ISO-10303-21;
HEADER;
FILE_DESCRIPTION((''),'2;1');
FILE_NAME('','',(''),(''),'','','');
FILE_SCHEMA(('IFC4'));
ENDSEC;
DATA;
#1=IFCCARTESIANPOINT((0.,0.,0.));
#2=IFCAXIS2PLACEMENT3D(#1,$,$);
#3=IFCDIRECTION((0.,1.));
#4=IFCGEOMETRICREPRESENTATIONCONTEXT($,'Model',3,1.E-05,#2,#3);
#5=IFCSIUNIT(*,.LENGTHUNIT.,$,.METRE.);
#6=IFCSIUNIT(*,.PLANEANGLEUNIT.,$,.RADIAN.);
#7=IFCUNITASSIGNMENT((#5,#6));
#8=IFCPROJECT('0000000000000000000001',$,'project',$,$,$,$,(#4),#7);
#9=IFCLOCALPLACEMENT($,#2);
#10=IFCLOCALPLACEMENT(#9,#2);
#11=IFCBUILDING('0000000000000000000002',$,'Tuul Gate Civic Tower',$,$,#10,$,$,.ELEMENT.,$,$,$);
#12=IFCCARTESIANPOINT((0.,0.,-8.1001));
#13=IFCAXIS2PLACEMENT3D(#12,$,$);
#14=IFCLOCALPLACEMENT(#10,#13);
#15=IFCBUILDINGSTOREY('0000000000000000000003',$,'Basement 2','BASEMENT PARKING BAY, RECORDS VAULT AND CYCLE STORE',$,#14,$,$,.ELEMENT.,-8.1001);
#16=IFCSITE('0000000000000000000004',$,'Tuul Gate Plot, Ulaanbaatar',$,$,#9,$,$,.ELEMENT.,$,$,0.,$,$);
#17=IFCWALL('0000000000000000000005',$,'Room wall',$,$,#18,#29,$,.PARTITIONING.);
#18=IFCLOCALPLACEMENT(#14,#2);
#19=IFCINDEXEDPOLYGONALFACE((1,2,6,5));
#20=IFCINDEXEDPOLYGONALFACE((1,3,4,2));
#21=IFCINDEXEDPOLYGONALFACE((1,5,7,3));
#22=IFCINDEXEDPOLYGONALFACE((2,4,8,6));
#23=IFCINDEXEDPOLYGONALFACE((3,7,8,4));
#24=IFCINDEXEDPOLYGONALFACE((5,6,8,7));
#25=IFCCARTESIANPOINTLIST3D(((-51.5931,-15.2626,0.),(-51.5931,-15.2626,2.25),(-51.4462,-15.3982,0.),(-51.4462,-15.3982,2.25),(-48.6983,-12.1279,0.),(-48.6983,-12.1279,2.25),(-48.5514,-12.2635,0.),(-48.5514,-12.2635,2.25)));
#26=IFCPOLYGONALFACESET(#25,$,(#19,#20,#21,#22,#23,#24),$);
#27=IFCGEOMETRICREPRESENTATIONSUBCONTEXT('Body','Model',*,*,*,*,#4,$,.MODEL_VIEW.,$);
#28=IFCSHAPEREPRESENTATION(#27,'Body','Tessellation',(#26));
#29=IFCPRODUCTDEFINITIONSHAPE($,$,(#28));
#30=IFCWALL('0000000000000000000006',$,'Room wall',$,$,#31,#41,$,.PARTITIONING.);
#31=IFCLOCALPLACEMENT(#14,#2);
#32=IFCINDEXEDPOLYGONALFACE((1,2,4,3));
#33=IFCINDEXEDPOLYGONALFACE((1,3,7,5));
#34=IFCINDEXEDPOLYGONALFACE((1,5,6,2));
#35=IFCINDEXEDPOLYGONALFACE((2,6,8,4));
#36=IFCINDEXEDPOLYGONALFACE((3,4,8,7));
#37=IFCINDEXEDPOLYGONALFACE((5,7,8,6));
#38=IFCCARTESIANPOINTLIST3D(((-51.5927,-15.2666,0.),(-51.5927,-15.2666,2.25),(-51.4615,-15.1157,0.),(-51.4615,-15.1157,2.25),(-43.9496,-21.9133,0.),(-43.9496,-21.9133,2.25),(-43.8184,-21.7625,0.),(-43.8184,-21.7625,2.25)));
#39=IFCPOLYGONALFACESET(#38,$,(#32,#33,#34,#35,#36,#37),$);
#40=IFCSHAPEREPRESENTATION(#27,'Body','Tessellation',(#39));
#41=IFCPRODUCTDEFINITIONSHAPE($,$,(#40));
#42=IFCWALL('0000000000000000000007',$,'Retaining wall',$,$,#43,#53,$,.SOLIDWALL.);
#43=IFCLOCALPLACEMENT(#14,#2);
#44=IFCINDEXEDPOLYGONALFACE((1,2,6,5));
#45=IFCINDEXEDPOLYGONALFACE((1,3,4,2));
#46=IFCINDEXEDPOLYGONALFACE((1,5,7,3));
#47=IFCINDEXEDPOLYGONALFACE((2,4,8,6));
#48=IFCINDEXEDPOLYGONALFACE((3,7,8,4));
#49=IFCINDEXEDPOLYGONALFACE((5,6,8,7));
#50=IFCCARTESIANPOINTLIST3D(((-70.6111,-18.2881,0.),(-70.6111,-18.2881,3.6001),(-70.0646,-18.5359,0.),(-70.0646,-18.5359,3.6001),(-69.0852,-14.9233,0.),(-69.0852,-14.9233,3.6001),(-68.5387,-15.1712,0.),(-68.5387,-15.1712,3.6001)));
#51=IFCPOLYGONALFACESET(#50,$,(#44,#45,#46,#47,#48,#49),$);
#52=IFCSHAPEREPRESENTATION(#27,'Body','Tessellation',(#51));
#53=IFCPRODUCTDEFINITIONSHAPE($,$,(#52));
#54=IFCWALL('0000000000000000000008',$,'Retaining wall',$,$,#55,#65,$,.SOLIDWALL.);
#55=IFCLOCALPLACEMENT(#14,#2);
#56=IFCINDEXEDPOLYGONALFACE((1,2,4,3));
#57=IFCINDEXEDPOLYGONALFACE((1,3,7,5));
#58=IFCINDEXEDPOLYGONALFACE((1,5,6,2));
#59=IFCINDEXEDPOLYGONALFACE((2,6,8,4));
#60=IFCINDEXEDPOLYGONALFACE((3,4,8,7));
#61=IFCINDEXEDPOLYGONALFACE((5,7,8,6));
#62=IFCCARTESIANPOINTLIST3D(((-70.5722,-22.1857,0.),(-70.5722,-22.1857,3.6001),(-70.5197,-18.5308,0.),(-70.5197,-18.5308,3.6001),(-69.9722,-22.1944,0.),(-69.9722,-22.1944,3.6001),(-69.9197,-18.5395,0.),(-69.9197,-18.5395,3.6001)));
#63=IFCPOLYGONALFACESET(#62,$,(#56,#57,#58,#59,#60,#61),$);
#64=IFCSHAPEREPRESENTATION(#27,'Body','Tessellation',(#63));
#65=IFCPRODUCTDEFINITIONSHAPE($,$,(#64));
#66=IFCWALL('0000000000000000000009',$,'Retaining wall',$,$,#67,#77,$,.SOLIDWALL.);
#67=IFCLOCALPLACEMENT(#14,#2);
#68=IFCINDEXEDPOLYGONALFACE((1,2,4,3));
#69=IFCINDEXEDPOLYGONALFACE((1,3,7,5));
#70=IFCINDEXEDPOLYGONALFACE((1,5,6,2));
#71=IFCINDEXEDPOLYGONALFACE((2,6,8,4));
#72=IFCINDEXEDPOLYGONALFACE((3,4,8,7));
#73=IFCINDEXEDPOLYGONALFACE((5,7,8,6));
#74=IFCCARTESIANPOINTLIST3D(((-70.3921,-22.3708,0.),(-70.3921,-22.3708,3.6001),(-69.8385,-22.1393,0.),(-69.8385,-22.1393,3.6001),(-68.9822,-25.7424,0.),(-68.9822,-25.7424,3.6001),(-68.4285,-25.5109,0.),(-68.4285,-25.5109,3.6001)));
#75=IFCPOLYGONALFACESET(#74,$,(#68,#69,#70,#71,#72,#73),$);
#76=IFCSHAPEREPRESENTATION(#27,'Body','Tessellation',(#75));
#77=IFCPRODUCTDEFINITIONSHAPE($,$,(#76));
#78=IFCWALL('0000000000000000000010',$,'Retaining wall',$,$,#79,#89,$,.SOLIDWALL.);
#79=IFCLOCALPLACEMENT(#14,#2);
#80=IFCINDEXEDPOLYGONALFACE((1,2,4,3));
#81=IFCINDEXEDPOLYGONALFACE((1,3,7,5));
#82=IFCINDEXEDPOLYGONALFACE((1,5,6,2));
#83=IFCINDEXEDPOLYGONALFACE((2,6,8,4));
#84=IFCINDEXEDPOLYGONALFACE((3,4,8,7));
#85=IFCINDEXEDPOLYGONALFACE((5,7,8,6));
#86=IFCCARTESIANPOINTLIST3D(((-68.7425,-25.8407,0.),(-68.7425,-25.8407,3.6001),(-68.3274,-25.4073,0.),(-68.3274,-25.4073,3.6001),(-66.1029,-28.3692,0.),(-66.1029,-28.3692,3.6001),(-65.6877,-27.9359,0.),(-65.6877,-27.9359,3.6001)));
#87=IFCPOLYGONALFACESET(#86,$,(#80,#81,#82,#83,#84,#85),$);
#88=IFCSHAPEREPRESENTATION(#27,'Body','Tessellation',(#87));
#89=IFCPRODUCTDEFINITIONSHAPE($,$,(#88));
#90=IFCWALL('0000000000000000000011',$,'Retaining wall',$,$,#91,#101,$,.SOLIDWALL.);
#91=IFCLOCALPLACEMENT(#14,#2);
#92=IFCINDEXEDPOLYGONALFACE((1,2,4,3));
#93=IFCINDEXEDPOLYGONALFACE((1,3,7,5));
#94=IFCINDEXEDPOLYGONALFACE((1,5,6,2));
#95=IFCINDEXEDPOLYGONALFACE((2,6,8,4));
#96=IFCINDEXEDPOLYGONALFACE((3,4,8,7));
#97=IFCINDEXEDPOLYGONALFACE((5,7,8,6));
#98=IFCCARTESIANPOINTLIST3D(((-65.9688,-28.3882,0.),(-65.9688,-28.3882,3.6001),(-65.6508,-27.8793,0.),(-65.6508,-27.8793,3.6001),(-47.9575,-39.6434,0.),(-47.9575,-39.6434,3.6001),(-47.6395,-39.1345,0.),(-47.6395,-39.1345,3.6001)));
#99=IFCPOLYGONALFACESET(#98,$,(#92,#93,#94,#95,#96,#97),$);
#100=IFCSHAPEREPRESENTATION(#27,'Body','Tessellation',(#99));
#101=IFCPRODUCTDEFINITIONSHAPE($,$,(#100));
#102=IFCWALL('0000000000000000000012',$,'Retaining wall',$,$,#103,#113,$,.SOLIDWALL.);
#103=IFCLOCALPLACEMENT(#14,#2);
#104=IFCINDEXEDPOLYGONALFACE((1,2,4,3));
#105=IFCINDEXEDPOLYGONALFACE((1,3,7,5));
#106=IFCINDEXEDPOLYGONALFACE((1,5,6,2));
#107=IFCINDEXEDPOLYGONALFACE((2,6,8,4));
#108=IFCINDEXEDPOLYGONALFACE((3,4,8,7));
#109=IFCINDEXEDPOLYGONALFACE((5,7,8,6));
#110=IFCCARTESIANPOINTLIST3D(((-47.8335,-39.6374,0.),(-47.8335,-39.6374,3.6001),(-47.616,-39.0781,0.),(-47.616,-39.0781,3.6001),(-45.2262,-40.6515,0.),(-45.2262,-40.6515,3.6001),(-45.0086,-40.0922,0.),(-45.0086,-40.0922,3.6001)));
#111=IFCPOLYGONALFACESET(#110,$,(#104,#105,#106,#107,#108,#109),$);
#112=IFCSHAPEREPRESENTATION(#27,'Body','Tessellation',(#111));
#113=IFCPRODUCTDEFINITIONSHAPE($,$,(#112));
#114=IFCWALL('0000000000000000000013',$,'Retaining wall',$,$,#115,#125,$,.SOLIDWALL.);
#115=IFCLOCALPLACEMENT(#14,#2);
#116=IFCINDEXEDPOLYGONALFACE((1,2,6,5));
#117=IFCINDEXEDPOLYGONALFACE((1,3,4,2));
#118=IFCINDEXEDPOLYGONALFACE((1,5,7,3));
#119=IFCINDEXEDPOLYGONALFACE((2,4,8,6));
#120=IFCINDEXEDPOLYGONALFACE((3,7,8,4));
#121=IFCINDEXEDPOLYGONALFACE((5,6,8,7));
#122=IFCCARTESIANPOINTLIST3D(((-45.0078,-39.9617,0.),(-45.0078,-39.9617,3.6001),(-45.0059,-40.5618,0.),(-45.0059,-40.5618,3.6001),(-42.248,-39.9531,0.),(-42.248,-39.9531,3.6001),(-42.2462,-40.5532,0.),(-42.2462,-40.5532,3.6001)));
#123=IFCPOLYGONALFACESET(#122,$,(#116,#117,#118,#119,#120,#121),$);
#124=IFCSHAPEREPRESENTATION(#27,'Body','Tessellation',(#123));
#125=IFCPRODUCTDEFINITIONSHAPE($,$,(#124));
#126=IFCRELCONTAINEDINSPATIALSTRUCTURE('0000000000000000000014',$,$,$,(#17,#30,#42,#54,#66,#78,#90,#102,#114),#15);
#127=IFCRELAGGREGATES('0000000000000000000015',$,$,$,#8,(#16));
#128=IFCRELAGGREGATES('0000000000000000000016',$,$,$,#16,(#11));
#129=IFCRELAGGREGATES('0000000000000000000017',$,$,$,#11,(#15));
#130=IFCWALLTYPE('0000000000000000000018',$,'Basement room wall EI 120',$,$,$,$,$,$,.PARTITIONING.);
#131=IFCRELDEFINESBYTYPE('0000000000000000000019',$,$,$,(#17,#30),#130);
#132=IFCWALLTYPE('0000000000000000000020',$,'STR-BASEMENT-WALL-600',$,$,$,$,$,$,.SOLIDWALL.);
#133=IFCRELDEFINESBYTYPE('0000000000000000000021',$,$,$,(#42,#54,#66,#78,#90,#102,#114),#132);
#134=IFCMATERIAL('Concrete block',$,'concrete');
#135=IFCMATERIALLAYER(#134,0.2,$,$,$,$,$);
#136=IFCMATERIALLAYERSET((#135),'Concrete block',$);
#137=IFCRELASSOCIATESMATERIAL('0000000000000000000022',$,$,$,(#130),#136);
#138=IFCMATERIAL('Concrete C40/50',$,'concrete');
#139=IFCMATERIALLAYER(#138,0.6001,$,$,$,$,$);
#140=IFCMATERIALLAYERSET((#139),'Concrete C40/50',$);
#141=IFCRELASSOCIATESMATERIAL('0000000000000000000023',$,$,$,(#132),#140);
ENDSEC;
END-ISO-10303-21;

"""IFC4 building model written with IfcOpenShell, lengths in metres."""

from ifc_helpers import new_model, si_unit, direction, frame, frame_2d, origin, place, context, subcontext, project, spatial, rectangle, extrude, material, layer, layer_set, type_object, element, save


model = new_model("IFC4")

# Units and contexts
model_context = context("Model", 3, precision=1e-05, world=origin(), true_north=direction((0.0, 1.0)))
body_context = subcontext(model_context, "Body", "Model", "MODEL_VIEW")
ifc_project = project(units=[si_unit("LENGTHUNIT", "METRE"), si_unit("PLANEANGLEUNIT", "RADIAN")], contexts=[model_context])

# Site, building, storey
site_placement = place(None, origin())
site = spatial("IfcSite", under=ifc_project, at=site_placement, Name="Tuul Gate Plot, Ulaanbaatar", CompositionType="ELEMENT", RefElevation=0.0)
building_placement = place(site_placement, origin())
building = spatial("IfcBuilding", under=site, at=building_placement, Name="Tuul Gate Civic Tower", CompositionType="ELEMENT")
storey_placement = place(building_placement, frame((0.0, 0.0, -8.1001)))
storey = spatial("IfcBuildingStorey", under=building, at=storey_placement, Name="Basement 2", Description="BASEMENT PARKING BAY, RECORDS VAULT AND CYCLE STORE", CompositionType="ELEMENT", Elevation=-8.1001)

# Walls
ifc_material_1 = material(Name="Concrete block", Category="concrete")
ifc_layer_1 = layer(ifc_material_1, 0.2)
ifc_layer_set_1 = layer_set([ifc_layer_1], Name="Concrete block")
wall_type_1 = type_object("IfcWallType", Name="Basement room wall EI 120", PredefinedType="PARTITIONING", material=ifc_layer_set_1)
wall_1_placement = place(storey_placement, frame((-51.5195, -15.3303, 0.0), z_axis=(0.0, 0.0, 1.0), x_axis=(0.678425, 0.73467, 0.0)))
element("IfcWall", 1, at=wall_1_placement, inside=storey, type_object=wall_type_1, Name="Room wall", PredefinedType="PARTITIONING", context=body_context, shape_type="SweptSolid", body=[
    extrude(rectangle(XDim=4.2668, YDim=0.2, at=frame_2d((2.1333, 0.0))), origin(), (0.0, 0.0, 1.0), 2.25),
])
wall_2_placement = place(storey_placement, frame((-43.884, -21.8379, 0.0), z_axis=(0.0, 0.0, 1.0), x_axis=(-0.754577, 0.656212, 0.0)))
element("IfcWall", 2, at=wall_2_placement, inside=storey, type_object=wall_type_1, Name="Room wall", PredefinedType="PARTITIONING", context=body_context, shape_type="SweptSolid", body=[
    extrude(rectangle(XDim=10.1289, YDim=0.2, at=frame_2d((5.0645, 0.0))), origin(), (0.0, 0.0, 1.0), 2.25),
])
ifc_material_2 = material(Name="Concrete C40/50", Category="concrete")
ifc_layer_2 = layer(ifc_material_2, 0.6001)
ifc_layer_set_2 = layer_set([ifc_layer_2], Name="Concrete C40/50")
wall_type_2 = type_object("IfcWallType", Name="STR-BASEMENT-WALL-600", PredefinedType="SOLIDWALL", material=ifc_layer_set_2)
wall_3_placement = place(storey_placement, frame((-68.812, -15.0474, 0.0), z_axis=(0.0, 0.0, 1.0), x_axis=(-0.413006, -0.910728, 0.0)))
element("IfcWall", 3, at=wall_3_placement, inside=storey, type_object=wall_type_2, Name="Retaining wall", PredefinedType="SOLIDWALL", context=body_context, shape_type="SweptSolid", body=[
    extrude(rectangle(XDim=3.6946, YDim=0.6001, at=frame_2d((1.8472, 0.0))), origin(), (0.0, 0.0, 1.0), 3.6001),
])
wall_4_placement = place(storey_placement, frame((-70.2197, -18.5352, 0.0), z_axis=(0.0, 0.0, 1.0), x_axis=(-0.014361, -0.999897, 0.0)))
element("IfcWall", 4, at=wall_4_placement, inside=storey, type_object=wall_type_2, Name="Retaining wall", PredefinedType="SOLIDWALL", context=body_context, shape_type="SweptSolid", body=[
    extrude(rectangle(XDim=3.6553, YDim=0.6001, at=frame_2d((1.8276, 0.0))), origin(), (0.0, 0.0, 1.0), 3.6001),
])
wall_5_placement = place(storey_placement, frame((-70.1152, -22.2551, 0.0), z_axis=(0.0, 0.0, 1.0), x_axis=(0.385801, -0.922582, 0.0)))
element("IfcWall", 5, at=wall_5_placement, inside=storey, type_object=wall_type_2, Name="Retaining wall", PredefinedType="SOLIDWALL", context=body_context, shape_type="SweptSolid", body=[
    extrude(rectangle(XDim=3.6545, YDim=0.6001, at=frame_2d((1.8271, 0.0))), origin(), (0.0, 0.0, 1.0), 3.6001),
])
wall_6_placement = place(storey_placement, frame((-68.5349, -25.624, 0.0), z_axis=(0.0, 0.0, 1.0), x_axis=(0.722138, -0.691749, 0.0)))
element("IfcWall", 6, at=wall_6_placement, inside=storey, type_object=wall_type_2, Name="Retaining wall", PredefinedType="SOLIDWALL", context=body_context, shape_type="SweptSolid", body=[
    extrude(rectangle(XDim=3.6553, YDim=0.6001, at=frame_2d((1.8276, 0.0))), origin(), (0.0, 0.0, 1.0), 3.6001),
])
wall_7_placement = place(storey_placement, frame((-65.8098, -28.1338, 0.0), z_axis=(0.0, 0.0, 1.0), x_axis=(0.848038, -0.529935, 0.0)))
element("IfcWall", 7, at=wall_7_placement, inside=storey, type_object=wall_type_2, Name="Retaining wall", PredefinedType="SOLIDWALL", context=body_context, shape_type="SweptSolid", body=[
    extrude(rectangle(XDim=21.2388, YDim=0.6001, at=frame_2d((10.6194, 0.0))), origin(), (0.0, 0.0, 1.0), 3.6001),
])
wall_8_placement = place(storey_placement, frame((-47.7249, -39.3577, 0.0), z_axis=(0.0, 0.0, 1.0), x_axis=(0.931985, -0.362497, 0.0)))
element("IfcWall", 8, at=wall_8_placement, inside=storey, type_object=wall_type_2, Name="Retaining wall", PredefinedType="SOLIDWALL", context=body_context, shape_type="SweptSolid", body=[
    extrude(rectangle(XDim=2.7976, YDim=0.6001, at=frame_2d((1.3989, 0.0))), origin(), (0.0, 0.0, 1.0), 3.6001),
])
wall_9_placement = place(storey_placement, frame((-45.0068, -40.2617, 0.0), z_axis=(0.0, 0.0, 1.0), x_axis=(0.999995, 0.003096, 0.0)))
element("IfcWall", 9, at=wall_9_placement, inside=storey, type_object=wall_type_2, Name="Retaining wall", PredefinedType="SOLIDWALL", context=body_context, shape_type="SweptSolid", body=[
    extrude(rectangle(XDim=2.7598, YDim=0.6001, at=frame_2d((1.3799, 0.0))), origin(), (0.0, 0.0, 1.0), 3.6001),
])

save(model, "model.ifc")
